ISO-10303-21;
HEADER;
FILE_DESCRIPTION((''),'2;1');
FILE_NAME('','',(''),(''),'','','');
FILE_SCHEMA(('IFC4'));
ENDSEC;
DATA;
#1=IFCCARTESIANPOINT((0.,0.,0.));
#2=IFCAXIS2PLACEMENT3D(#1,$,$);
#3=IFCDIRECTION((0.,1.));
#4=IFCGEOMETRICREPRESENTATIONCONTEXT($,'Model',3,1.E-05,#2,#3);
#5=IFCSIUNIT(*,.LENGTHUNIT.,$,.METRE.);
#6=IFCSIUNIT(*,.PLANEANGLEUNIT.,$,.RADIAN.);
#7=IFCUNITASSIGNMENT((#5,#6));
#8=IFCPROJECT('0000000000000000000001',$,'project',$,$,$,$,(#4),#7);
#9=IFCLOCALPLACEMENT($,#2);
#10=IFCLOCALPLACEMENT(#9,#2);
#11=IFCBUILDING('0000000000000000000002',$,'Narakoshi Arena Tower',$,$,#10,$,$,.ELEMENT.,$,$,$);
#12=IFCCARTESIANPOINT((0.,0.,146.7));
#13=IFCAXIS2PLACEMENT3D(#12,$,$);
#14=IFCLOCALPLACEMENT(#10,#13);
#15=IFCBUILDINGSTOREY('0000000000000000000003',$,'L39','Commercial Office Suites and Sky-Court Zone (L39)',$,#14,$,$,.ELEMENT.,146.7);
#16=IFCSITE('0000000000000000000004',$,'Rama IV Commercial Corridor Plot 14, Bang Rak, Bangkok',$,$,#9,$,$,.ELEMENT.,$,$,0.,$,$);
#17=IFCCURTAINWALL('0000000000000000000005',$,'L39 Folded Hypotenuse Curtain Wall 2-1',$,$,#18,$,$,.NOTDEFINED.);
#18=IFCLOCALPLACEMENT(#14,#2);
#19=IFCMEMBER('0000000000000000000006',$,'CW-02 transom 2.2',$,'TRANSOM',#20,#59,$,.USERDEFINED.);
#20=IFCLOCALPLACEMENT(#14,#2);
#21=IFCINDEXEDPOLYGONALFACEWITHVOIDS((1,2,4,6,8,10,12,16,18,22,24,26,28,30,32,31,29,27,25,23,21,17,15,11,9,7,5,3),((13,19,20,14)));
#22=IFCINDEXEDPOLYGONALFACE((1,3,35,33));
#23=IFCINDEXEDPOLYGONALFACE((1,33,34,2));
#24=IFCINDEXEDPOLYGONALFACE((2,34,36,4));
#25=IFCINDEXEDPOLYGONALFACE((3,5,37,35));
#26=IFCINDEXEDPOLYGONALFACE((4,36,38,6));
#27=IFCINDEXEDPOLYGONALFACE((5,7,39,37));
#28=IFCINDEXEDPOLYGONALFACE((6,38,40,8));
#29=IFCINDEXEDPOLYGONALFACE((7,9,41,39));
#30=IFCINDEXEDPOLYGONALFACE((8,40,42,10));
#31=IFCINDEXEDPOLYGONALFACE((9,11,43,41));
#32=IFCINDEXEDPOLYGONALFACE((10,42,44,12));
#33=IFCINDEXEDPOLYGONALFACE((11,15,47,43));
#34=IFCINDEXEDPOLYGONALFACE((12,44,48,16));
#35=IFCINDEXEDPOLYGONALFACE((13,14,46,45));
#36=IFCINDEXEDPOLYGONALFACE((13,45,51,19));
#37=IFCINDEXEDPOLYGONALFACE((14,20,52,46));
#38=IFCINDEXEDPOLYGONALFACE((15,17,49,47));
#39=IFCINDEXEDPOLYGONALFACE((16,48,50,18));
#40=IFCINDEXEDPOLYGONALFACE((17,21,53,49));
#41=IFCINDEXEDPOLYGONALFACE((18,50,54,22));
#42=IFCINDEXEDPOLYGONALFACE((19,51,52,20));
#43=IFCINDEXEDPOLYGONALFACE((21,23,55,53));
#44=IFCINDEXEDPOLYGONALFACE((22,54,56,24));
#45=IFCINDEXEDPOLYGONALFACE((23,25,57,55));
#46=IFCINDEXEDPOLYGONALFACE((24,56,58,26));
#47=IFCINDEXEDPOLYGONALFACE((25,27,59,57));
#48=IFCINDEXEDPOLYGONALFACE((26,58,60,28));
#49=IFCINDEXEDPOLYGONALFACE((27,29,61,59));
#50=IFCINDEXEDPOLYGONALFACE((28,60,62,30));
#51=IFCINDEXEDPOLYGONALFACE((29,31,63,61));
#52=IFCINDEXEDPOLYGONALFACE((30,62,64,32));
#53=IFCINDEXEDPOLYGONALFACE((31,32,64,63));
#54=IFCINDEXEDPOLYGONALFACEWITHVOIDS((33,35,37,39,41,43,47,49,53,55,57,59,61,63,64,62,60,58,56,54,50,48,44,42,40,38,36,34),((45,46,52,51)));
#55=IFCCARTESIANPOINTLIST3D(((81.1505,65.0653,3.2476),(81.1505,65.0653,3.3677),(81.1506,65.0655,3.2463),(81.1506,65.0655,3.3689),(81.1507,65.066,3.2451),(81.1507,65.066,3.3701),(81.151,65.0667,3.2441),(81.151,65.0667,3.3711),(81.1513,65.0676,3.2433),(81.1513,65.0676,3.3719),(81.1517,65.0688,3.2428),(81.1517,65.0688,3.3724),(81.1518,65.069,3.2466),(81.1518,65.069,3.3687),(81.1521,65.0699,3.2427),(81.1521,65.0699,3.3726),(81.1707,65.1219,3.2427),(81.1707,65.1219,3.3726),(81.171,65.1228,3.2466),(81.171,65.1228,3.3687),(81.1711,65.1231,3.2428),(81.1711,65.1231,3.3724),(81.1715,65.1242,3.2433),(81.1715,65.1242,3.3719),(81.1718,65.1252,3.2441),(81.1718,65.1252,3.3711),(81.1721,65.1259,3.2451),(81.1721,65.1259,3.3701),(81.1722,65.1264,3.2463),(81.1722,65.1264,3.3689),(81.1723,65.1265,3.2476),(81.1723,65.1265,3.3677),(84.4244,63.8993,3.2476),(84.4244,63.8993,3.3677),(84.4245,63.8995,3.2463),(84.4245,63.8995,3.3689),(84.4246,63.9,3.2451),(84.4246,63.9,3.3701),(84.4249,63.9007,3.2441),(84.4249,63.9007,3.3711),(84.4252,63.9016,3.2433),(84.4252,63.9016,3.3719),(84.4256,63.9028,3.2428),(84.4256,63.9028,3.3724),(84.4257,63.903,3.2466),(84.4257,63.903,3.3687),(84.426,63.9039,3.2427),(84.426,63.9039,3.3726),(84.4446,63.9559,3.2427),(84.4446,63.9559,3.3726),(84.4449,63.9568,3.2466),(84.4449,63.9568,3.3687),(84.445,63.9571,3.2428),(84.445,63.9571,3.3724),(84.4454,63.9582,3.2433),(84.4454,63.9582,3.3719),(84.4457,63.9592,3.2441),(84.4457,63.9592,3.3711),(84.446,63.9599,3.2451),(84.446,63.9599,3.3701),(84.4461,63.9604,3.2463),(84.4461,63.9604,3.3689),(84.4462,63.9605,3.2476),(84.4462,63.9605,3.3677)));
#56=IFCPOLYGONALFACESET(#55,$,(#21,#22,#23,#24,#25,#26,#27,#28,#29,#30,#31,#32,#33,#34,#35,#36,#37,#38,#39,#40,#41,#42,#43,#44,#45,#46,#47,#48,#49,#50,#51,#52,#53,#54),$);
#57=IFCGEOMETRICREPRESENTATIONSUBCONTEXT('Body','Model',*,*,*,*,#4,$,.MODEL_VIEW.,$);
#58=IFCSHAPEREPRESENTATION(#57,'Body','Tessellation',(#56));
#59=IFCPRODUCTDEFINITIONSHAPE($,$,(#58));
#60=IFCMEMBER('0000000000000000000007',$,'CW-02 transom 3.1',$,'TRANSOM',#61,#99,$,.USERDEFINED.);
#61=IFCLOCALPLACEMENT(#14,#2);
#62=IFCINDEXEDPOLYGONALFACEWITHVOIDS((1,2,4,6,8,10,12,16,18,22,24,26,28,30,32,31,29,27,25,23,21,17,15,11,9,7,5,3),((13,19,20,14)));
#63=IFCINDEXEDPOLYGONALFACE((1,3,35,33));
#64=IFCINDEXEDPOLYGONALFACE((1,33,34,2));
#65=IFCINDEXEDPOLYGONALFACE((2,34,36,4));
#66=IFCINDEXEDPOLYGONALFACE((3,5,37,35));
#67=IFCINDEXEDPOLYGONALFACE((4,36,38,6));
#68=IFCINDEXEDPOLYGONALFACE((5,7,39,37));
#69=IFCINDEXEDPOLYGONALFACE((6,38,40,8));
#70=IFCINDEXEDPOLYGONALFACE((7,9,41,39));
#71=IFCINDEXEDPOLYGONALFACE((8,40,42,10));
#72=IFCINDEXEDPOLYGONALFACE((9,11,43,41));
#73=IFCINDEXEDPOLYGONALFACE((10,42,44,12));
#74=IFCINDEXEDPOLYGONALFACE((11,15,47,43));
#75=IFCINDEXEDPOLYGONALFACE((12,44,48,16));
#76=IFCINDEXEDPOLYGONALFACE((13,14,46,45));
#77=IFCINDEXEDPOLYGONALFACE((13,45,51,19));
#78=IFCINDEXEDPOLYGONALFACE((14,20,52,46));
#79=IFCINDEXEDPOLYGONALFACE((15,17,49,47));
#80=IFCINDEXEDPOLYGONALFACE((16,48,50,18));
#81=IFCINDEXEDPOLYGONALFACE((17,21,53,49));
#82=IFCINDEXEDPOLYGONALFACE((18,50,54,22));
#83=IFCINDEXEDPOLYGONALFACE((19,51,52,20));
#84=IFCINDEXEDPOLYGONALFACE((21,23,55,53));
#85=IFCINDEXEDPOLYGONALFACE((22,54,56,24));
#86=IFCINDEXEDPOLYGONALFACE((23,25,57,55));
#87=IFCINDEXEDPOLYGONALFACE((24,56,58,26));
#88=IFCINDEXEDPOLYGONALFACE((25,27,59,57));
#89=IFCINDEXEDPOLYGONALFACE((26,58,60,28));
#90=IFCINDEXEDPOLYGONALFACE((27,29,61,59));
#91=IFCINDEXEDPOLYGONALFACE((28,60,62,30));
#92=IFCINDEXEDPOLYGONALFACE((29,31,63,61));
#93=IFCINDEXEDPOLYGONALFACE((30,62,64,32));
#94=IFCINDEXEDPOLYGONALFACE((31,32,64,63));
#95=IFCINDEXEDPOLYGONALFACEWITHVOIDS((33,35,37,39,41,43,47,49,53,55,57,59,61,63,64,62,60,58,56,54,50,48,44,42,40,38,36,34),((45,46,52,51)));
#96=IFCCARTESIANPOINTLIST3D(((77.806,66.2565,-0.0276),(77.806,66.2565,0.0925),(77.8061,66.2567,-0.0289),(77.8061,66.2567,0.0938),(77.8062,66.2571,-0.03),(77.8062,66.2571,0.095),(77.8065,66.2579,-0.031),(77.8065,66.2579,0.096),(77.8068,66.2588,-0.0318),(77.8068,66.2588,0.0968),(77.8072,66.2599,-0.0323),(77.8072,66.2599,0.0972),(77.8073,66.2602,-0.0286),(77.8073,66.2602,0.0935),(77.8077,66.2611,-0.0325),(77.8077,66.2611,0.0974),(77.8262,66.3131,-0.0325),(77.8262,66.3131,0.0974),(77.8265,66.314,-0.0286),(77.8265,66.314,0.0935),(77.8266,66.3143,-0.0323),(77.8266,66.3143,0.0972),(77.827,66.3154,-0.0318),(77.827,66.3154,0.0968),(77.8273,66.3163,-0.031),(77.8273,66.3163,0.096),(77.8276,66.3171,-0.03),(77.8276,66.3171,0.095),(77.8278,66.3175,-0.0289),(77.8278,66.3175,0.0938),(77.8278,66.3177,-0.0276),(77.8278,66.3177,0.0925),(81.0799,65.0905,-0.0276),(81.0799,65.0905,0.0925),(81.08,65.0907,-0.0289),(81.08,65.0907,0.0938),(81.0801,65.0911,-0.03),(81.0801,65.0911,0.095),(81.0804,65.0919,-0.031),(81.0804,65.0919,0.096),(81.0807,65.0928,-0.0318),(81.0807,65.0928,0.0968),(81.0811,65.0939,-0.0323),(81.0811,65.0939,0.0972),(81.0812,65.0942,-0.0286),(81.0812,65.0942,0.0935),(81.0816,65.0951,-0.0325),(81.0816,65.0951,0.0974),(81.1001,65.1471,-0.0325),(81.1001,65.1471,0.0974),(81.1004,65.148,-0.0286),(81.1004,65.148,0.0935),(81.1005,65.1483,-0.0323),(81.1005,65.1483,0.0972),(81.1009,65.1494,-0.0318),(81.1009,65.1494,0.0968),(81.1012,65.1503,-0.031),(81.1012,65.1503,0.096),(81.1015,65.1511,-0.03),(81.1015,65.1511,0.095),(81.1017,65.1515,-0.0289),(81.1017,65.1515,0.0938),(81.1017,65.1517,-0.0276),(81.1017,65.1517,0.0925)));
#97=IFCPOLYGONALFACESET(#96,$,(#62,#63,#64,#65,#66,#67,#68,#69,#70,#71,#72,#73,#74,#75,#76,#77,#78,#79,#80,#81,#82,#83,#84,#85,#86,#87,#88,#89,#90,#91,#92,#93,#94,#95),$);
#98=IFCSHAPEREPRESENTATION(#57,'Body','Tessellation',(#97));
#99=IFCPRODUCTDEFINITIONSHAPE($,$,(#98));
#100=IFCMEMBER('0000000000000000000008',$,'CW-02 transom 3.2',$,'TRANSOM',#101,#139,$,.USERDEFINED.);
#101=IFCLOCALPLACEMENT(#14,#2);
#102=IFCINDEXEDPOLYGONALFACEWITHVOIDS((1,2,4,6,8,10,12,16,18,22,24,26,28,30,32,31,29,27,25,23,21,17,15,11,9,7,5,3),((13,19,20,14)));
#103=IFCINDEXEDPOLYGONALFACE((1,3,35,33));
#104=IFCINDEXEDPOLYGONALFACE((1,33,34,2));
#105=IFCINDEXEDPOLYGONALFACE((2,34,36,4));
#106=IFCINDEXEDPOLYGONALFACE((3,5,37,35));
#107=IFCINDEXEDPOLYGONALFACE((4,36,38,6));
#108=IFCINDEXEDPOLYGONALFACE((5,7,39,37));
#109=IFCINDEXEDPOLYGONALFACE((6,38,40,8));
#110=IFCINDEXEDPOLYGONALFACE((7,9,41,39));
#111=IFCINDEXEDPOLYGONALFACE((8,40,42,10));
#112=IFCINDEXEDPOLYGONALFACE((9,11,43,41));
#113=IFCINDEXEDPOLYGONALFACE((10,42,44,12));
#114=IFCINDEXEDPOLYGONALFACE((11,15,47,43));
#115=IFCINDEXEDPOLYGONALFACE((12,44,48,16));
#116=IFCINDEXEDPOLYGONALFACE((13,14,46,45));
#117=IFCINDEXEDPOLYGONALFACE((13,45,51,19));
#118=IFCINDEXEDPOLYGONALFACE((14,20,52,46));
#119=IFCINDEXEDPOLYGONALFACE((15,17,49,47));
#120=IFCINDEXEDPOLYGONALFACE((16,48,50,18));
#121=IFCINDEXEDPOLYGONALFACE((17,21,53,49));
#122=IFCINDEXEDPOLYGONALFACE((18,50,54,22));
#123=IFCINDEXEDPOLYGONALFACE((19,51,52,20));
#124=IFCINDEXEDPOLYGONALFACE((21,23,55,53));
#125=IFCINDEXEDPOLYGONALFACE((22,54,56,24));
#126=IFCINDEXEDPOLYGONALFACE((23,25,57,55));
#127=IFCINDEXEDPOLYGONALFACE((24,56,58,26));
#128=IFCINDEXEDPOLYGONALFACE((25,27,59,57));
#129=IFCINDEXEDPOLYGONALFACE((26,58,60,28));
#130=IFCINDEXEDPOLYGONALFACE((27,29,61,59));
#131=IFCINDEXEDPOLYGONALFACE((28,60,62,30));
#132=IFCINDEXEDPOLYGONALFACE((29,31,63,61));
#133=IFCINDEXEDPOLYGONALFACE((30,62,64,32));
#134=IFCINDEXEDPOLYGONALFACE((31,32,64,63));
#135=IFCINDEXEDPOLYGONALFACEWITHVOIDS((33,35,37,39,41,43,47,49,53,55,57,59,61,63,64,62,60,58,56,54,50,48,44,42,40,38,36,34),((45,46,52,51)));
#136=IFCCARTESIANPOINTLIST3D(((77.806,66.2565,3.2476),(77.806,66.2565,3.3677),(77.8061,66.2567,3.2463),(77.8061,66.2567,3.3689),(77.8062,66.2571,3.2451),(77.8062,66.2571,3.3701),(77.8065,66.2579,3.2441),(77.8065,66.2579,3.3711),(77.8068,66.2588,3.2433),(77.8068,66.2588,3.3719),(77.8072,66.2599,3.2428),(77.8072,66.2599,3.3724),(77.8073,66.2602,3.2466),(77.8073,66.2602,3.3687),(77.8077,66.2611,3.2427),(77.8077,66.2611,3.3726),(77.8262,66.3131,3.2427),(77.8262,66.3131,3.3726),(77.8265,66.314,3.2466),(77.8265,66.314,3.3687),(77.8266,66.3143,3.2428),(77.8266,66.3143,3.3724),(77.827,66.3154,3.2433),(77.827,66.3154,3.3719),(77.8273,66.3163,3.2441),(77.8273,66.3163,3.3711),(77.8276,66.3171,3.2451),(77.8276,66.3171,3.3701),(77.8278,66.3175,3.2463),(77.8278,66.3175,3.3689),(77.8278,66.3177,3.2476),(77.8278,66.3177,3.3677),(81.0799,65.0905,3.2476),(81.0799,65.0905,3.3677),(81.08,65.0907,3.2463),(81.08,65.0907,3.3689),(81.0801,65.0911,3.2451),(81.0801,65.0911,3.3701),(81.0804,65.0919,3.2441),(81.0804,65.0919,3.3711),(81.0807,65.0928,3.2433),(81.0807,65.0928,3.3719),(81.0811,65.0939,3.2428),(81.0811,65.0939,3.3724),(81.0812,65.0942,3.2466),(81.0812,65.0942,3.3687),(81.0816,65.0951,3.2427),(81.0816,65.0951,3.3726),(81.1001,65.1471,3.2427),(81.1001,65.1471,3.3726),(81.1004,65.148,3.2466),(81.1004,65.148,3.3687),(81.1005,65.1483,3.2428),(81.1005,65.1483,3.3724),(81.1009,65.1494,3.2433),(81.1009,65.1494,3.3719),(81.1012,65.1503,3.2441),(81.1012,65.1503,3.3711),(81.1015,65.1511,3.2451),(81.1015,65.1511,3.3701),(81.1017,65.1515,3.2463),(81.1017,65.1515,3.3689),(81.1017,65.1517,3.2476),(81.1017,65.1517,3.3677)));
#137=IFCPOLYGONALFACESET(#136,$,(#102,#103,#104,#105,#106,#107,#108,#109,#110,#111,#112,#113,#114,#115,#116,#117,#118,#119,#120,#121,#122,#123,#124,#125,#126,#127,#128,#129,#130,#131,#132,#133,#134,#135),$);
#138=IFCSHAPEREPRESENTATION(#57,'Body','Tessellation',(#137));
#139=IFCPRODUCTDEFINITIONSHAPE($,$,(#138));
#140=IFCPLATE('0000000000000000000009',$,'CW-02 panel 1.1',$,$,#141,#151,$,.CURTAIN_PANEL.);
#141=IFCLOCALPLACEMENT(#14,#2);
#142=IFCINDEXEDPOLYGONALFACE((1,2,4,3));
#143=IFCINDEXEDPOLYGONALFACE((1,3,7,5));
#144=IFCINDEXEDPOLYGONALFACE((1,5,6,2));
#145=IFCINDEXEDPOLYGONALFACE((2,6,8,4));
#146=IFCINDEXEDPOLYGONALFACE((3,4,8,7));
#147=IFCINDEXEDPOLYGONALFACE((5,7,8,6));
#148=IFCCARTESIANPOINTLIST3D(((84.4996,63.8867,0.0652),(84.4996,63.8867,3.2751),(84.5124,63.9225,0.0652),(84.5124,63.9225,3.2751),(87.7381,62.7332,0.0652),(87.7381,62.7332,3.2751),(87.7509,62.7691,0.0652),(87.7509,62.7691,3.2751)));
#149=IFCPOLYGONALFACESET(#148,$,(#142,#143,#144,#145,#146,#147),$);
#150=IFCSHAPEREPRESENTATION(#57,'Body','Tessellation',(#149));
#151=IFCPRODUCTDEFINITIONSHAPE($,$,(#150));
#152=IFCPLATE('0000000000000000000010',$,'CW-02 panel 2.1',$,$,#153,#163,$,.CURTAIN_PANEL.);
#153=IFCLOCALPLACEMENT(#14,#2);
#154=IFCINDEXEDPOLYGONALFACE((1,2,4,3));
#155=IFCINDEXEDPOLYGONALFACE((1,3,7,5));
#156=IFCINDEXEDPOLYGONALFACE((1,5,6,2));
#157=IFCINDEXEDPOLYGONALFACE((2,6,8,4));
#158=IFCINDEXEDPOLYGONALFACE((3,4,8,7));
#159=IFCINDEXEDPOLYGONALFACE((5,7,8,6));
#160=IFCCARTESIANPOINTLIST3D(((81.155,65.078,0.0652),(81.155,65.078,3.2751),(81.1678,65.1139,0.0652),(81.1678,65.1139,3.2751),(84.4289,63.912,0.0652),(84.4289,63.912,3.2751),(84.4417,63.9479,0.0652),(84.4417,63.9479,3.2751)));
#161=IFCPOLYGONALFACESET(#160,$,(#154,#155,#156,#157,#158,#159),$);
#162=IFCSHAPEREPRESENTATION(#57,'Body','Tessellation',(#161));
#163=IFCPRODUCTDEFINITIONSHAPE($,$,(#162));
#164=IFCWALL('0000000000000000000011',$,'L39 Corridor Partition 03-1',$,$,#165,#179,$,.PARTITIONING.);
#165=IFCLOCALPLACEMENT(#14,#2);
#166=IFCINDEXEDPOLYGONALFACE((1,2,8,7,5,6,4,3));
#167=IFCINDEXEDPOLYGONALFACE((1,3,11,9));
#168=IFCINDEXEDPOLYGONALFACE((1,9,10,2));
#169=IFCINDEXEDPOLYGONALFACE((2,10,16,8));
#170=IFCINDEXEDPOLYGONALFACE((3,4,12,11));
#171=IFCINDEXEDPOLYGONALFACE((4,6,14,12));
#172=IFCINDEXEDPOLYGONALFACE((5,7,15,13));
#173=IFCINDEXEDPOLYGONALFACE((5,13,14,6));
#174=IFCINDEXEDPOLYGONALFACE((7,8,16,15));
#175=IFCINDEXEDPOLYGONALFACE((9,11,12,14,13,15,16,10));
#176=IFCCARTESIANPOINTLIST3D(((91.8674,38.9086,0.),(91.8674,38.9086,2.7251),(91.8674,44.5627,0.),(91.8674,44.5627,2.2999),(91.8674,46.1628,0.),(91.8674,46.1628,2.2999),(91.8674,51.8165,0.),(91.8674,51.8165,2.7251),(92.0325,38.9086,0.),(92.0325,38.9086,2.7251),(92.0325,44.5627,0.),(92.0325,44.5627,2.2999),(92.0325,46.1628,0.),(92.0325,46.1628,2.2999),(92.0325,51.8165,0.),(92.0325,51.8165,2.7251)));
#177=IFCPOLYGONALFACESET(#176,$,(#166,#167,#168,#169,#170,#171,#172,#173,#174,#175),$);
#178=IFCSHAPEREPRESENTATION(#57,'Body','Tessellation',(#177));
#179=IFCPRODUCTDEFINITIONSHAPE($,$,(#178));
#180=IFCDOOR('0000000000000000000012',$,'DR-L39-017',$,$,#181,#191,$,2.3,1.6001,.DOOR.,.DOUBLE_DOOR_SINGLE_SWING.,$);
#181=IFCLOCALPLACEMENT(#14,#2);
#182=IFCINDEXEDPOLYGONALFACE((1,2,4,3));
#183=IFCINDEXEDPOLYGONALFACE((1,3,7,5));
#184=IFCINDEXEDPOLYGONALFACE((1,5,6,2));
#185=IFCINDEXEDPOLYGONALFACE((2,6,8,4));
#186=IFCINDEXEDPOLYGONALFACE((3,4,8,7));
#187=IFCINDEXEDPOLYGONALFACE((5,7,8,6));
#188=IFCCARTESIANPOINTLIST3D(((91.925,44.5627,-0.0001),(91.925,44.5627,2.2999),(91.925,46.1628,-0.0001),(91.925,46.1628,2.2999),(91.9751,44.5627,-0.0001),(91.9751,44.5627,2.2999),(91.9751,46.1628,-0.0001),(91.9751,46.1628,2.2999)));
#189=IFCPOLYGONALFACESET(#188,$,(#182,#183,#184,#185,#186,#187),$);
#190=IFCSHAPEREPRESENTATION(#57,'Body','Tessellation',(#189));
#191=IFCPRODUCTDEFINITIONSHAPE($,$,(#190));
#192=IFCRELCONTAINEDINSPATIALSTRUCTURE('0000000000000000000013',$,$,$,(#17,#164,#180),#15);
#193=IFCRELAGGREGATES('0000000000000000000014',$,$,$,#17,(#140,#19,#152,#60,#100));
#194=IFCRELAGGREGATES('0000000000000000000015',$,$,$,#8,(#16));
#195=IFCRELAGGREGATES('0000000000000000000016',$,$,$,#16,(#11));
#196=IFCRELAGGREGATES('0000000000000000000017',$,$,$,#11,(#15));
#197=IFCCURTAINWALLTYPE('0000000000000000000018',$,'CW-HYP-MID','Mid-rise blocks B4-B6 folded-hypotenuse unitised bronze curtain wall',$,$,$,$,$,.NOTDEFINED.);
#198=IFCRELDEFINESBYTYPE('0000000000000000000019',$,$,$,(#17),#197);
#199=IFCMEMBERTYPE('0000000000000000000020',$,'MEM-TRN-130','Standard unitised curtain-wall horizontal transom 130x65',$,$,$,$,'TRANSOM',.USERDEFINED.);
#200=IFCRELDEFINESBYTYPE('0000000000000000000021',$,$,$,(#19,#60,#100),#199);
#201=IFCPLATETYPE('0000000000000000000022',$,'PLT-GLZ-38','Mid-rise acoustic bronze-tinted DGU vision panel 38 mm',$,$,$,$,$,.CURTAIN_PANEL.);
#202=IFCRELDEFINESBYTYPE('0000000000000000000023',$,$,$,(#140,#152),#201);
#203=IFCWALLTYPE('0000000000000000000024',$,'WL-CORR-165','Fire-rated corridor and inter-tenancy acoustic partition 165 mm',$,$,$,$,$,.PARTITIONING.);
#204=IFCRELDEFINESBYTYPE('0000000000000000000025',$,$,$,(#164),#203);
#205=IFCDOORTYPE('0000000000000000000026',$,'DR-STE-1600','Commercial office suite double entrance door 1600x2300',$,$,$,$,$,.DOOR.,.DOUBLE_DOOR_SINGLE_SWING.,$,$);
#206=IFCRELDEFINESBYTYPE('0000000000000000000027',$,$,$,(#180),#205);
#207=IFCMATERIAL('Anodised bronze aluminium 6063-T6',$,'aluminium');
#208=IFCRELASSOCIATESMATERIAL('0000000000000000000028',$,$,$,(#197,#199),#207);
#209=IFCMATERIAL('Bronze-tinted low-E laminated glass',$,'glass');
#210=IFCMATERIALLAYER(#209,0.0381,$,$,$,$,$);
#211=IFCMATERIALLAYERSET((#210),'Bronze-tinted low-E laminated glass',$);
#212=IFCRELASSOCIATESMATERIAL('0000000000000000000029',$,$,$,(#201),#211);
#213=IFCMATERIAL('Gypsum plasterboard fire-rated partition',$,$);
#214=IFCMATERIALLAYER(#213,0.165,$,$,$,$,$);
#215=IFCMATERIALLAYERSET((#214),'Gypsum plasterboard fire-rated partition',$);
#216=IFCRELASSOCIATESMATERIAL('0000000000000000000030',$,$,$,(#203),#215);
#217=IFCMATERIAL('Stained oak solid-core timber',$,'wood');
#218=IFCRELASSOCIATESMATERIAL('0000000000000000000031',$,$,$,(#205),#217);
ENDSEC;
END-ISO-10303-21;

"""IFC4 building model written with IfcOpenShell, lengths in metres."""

from ifc_helpers import new_model, si_unit, direction, frame, frame_2d, origin, origin_2d, place, context, subcontext, project, spatial, rectangle, hollow_rectangle, extrude, material, layer, layer_set, material_profile, profile_set, type_object, element, fill, aggregate, save


model = new_model("IFC4")

# Units and contexts
model_context = context("Model", 3, precision=1e-05, world=origin(), true_north=direction((0.0, 1.0)))
body_context = subcontext(model_context, "Body", "Model", "MODEL_VIEW")
ifc_project = project(units=[si_unit("LENGTHUNIT", "METRE"), si_unit("PLANEANGLEUNIT", "RADIAN")], contexts=[model_context])

# Site, building, storey
site_placement = place(None, origin())
site = spatial("IfcSite", under=ifc_project, at=site_placement, Name="Rama IV Commercial Corridor Plot 14, Bang Rak, Bangkok", CompositionType="ELEMENT", RefElevation=0.0)
building_placement = place(site_placement, origin())
building = spatial("IfcBuilding", under=site, at=building_placement, Name="Narakoshi Arena Tower", CompositionType="ELEMENT")
storey_placement = place(building_placement, frame((0.0, 0.0, 146.7)))
storey = spatial("IfcBuildingStorey", under=building, at=storey_placement, Name="L39", Description="Commercial Office Suites and Sky-Court Zone (L39)", CompositionType="ELEMENT", Elevation=146.7)

# Curtain wall, members, plates
ifc_material_1 = material(Name="Anodised bronze aluminium 6063-T6", Category="aluminium")
curtain_wall_type = type_object("IfcCurtainWallType", Name="CW-HYP-MID", Description="Mid-rise blocks B4-B6 folded-hypotenuse unitised bronze curtain wall", PredefinedType="NOTDEFINED", material=ifc_material_1)
curtain_wall_placement = place(storey_placement, origin())
curtain_wall = element("IfcCurtainWall", 1, at=curtain_wall_placement, inside=storey, type_object=curtain_wall_type, Name="L39 Folded Hypotenuse Curtain Wall 2-1", PredefinedType="NOTDEFINED")
ifc_material_profile_1 = material_profile(ifc_material_1, hollow_rectangle(XDim=0.0649, YDim=0.1299, WallThickness=0.0039, OuterFilletRadius=0.0049, at=origin_2d()), Name="TRN130x65x4")
ifc_profile_set_1 = profile_set([ifc_material_profile_1], Name="Anodised bronze aluminium 6063-T6")
member_type_1 = type_object("IfcMemberType", Name="MEM-TRN-130", Description="Standard unitised curtain-wall horizontal transom 130x65", ElementType="TRANSOM", PredefinedType="USERDEFINED", material=ifc_profile_set_1)
member_1_placement = place(storey_placement, frame((84.4353, 63.9299, 3.3076), z_axis=(-0.942037, 0.335509, 0.0), x_axis=(-0.335509, -0.942037, 0.0)))
member_1 = element("IfcMember", 2, at=member_1_placement, type_object=member_type_1, Name="CW-02 transom 2.2", ObjectType="TRANSOM", PredefinedType="USERDEFINED", context=body_context, shape_type="SweptSolid", body=[
    extrude(hollow_rectangle(XDim=0.0649, YDim=0.1299, WallThickness=0.0039, OuterFilletRadius=0.0049, at=origin_2d()), origin(), (0.0, 0.0, 1.0), 3.4753),
])
member_2_placement = place(storey_placement, frame((81.0908, 65.1211, 0.0325), z_axis=(-0.942037, 0.335509, 0.0), x_axis=(-0.335509, -0.942037, 0.0)))
member_2 = element("IfcMember", 3, at=member_2_placement, type_object=member_type_1, Name="CW-02 transom 3.1", ObjectType="TRANSOM", PredefinedType="USERDEFINED", context=body_context, shape_type="SweptSolid", body=[
    extrude(hollow_rectangle(XDim=0.0649, YDim=0.1299, WallThickness=0.0039, OuterFilletRadius=0.0049, at=origin_2d()), origin(), (0.0, 0.0, 1.0), 3.4753),
])
member_3_placement = place(storey_placement, frame((81.0908, 65.1211, 3.3076), z_axis=(-0.942037, 0.335509, 0.0), x_axis=(-0.335509, -0.942037, 0.0)))
member_3 = element("IfcMember", 4, at=member_3_placement, type_object=member_type_1, Name="CW-02 transom 3.2", ObjectType="TRANSOM", PredefinedType="USERDEFINED", context=body_context, shape_type="SweptSolid", body=[
    extrude(hollow_rectangle(XDim=0.0649, YDim=0.1299, WallThickness=0.0039, OuterFilletRadius=0.0049, at=origin_2d()), origin(), (0.0, 0.0, 1.0), 3.4753),
])
ifc_material_2 = material(Name="Bronze-tinted low-E laminated glass", Category="glass")
ifc_layer_1 = layer(ifc_material_2, 0.0381)
ifc_layer_set_1 = layer_set([ifc_layer_1], Name="Bronze-tinted low-E laminated glass")
plate_type = type_object("IfcPlateType", Name="PLT-GLZ-38", Description="Mid-rise acoustic bronze-tinted DGU vision panel 38 mm", PredefinedType="CURTAIN_PANEL", material=ifc_layer_set_1)
plate_1_placement = place(storey_placement, frame((86.1252, 63.3279, 0.0652), z_axis=(0.0, 0.0, 1.0), x_axis=(-0.942034, 0.335518, 0.0)))
plate_1 = element("IfcPlate", 5, at=plate_1_placement, type_object=plate_type, Name="CW-02 panel 1.1", PredefinedType="CURTAIN_PANEL", context=body_context, shape_type="SweptSolid", body=[
    extrude(rectangle(XDim=3.4377, YDim=0.0381, at=origin_2d()), origin(), (0.0, 0.0, 1.0), 3.21),
])
plate_2_placement = place(storey_placement, frame((82.7983, 64.5129, 0.0652), z_axis=(0.0, 0.0, 1.0), x_axis=(-0.942034, 0.335518, 0.0)))
plate_2 = element("IfcPlate", 6, at=plate_2_placement, type_object=plate_type, Name="CW-02 panel 2.1", PredefinedType="CURTAIN_PANEL", context=body_context, shape_type="SweptSolid", body=[
    extrude(rectangle(XDim=3.4753, YDim=0.0381, at=origin_2d()), origin(), (0.0, 0.0, 1.0), 3.21),
])
aggregate(curtain_wall, [plate_1, member_1, plate_2, member_2, member_3])

# Wall, opening, door
ifc_material_3 = material(Name="Gypsum plasterboard fire-rated partition")
ifc_layer_2 = layer(ifc_material_3, 0.165)
ifc_layer_set_2 = layer_set([ifc_layer_2], Name="Gypsum plasterboard fire-rated partition")
wall_type_1 = type_object("IfcWallType", Name="WL-CORR-165", Description="Fire-rated corridor and inter-tenancy acoustic partition 165 mm", PredefinedType="PARTITIONING", material=ifc_layer_set_2)
wall_1_placement = place(storey_placement, frame((91.95, 51.8167, 0.0), z_axis=(0.0, 0.0, 1.0), x_axis=(0.0, -1.0, 0.0)))
wall_1 = element("IfcWall", 7, at=wall_1_placement, inside=storey, type_object=wall_type_1, Name="L39 Corridor Partition 03-1", PredefinedType="PARTITIONING", context=body_context, shape_type="SweptSolid", body=[
    extrude(rectangle(XDim=12.908, YDim=0.165, at=frame_2d((6.4541, 0.0))), origin(), (0.0, 0.0, 1.0), 2.7251),
])
opening_1_placement = place(wall_1_placement, frame((5.6538, 0.0, 0.0)))
opening_1 = element("IfcOpeningElement", 8, at=opening_1_placement, cuts=wall_1, PredefinedType="OPENING", context=body_context, shape_type="SweptSolid", body=[
    extrude(rectangle(XDim=1.6001, YDim=2.3, at=frame_2d((0.8, 1.1499))), frame((0.0, 0.0925, 0.0), z_axis=(0.0, -1.0, 0.0), x_axis=(1.0, 0.0, 0.0)), (0.0, 0.0, 1.0), 0.1851),
])
ifc_material_4 = material(Name="Stained oak solid-core timber", Category="wood")
door_type_1 = type_object("IfcDoorType", Name="DR-STE-1600", Description="Commercial office suite double entrance door 1600x2300", OperationType="DOUBLE_DOOR_SINGLE_SWING", PredefinedType="DOOR", material=ifc_material_4)
door_1_placement = place(opening_1_placement, frame((1.6001, 0.0, 0.0), z_axis=(0.0, 0.0, 1.0), x_axis=(-1.0, 0.0, 0.0)))
door_1 = element("IfcDoor", 9, at=door_1_placement, inside=storey, type_object=door_type_1, Name="DR-L39-017", OperationType="DOUBLE_DOOR_SINGLE_SWING", OverallHeight=2.3, OverallWidth=1.6001, PredefinedType="DOOR", context=body_context, shape_type="SweptSolid", body=[
    extrude(rectangle(XDim=1.6001, YDim=2.3, at=frame_2d((0.8, 1.1499))), frame((0.0, 0.0249, 0.0), z_axis=(0.0, -1.0, 0.0), x_axis=(1.0, 0.0, 0.0)), (0.0, 0.0, 1.0), 0.05),
])
fill(opening_1, door_1)

save(model, "model.ifc")
